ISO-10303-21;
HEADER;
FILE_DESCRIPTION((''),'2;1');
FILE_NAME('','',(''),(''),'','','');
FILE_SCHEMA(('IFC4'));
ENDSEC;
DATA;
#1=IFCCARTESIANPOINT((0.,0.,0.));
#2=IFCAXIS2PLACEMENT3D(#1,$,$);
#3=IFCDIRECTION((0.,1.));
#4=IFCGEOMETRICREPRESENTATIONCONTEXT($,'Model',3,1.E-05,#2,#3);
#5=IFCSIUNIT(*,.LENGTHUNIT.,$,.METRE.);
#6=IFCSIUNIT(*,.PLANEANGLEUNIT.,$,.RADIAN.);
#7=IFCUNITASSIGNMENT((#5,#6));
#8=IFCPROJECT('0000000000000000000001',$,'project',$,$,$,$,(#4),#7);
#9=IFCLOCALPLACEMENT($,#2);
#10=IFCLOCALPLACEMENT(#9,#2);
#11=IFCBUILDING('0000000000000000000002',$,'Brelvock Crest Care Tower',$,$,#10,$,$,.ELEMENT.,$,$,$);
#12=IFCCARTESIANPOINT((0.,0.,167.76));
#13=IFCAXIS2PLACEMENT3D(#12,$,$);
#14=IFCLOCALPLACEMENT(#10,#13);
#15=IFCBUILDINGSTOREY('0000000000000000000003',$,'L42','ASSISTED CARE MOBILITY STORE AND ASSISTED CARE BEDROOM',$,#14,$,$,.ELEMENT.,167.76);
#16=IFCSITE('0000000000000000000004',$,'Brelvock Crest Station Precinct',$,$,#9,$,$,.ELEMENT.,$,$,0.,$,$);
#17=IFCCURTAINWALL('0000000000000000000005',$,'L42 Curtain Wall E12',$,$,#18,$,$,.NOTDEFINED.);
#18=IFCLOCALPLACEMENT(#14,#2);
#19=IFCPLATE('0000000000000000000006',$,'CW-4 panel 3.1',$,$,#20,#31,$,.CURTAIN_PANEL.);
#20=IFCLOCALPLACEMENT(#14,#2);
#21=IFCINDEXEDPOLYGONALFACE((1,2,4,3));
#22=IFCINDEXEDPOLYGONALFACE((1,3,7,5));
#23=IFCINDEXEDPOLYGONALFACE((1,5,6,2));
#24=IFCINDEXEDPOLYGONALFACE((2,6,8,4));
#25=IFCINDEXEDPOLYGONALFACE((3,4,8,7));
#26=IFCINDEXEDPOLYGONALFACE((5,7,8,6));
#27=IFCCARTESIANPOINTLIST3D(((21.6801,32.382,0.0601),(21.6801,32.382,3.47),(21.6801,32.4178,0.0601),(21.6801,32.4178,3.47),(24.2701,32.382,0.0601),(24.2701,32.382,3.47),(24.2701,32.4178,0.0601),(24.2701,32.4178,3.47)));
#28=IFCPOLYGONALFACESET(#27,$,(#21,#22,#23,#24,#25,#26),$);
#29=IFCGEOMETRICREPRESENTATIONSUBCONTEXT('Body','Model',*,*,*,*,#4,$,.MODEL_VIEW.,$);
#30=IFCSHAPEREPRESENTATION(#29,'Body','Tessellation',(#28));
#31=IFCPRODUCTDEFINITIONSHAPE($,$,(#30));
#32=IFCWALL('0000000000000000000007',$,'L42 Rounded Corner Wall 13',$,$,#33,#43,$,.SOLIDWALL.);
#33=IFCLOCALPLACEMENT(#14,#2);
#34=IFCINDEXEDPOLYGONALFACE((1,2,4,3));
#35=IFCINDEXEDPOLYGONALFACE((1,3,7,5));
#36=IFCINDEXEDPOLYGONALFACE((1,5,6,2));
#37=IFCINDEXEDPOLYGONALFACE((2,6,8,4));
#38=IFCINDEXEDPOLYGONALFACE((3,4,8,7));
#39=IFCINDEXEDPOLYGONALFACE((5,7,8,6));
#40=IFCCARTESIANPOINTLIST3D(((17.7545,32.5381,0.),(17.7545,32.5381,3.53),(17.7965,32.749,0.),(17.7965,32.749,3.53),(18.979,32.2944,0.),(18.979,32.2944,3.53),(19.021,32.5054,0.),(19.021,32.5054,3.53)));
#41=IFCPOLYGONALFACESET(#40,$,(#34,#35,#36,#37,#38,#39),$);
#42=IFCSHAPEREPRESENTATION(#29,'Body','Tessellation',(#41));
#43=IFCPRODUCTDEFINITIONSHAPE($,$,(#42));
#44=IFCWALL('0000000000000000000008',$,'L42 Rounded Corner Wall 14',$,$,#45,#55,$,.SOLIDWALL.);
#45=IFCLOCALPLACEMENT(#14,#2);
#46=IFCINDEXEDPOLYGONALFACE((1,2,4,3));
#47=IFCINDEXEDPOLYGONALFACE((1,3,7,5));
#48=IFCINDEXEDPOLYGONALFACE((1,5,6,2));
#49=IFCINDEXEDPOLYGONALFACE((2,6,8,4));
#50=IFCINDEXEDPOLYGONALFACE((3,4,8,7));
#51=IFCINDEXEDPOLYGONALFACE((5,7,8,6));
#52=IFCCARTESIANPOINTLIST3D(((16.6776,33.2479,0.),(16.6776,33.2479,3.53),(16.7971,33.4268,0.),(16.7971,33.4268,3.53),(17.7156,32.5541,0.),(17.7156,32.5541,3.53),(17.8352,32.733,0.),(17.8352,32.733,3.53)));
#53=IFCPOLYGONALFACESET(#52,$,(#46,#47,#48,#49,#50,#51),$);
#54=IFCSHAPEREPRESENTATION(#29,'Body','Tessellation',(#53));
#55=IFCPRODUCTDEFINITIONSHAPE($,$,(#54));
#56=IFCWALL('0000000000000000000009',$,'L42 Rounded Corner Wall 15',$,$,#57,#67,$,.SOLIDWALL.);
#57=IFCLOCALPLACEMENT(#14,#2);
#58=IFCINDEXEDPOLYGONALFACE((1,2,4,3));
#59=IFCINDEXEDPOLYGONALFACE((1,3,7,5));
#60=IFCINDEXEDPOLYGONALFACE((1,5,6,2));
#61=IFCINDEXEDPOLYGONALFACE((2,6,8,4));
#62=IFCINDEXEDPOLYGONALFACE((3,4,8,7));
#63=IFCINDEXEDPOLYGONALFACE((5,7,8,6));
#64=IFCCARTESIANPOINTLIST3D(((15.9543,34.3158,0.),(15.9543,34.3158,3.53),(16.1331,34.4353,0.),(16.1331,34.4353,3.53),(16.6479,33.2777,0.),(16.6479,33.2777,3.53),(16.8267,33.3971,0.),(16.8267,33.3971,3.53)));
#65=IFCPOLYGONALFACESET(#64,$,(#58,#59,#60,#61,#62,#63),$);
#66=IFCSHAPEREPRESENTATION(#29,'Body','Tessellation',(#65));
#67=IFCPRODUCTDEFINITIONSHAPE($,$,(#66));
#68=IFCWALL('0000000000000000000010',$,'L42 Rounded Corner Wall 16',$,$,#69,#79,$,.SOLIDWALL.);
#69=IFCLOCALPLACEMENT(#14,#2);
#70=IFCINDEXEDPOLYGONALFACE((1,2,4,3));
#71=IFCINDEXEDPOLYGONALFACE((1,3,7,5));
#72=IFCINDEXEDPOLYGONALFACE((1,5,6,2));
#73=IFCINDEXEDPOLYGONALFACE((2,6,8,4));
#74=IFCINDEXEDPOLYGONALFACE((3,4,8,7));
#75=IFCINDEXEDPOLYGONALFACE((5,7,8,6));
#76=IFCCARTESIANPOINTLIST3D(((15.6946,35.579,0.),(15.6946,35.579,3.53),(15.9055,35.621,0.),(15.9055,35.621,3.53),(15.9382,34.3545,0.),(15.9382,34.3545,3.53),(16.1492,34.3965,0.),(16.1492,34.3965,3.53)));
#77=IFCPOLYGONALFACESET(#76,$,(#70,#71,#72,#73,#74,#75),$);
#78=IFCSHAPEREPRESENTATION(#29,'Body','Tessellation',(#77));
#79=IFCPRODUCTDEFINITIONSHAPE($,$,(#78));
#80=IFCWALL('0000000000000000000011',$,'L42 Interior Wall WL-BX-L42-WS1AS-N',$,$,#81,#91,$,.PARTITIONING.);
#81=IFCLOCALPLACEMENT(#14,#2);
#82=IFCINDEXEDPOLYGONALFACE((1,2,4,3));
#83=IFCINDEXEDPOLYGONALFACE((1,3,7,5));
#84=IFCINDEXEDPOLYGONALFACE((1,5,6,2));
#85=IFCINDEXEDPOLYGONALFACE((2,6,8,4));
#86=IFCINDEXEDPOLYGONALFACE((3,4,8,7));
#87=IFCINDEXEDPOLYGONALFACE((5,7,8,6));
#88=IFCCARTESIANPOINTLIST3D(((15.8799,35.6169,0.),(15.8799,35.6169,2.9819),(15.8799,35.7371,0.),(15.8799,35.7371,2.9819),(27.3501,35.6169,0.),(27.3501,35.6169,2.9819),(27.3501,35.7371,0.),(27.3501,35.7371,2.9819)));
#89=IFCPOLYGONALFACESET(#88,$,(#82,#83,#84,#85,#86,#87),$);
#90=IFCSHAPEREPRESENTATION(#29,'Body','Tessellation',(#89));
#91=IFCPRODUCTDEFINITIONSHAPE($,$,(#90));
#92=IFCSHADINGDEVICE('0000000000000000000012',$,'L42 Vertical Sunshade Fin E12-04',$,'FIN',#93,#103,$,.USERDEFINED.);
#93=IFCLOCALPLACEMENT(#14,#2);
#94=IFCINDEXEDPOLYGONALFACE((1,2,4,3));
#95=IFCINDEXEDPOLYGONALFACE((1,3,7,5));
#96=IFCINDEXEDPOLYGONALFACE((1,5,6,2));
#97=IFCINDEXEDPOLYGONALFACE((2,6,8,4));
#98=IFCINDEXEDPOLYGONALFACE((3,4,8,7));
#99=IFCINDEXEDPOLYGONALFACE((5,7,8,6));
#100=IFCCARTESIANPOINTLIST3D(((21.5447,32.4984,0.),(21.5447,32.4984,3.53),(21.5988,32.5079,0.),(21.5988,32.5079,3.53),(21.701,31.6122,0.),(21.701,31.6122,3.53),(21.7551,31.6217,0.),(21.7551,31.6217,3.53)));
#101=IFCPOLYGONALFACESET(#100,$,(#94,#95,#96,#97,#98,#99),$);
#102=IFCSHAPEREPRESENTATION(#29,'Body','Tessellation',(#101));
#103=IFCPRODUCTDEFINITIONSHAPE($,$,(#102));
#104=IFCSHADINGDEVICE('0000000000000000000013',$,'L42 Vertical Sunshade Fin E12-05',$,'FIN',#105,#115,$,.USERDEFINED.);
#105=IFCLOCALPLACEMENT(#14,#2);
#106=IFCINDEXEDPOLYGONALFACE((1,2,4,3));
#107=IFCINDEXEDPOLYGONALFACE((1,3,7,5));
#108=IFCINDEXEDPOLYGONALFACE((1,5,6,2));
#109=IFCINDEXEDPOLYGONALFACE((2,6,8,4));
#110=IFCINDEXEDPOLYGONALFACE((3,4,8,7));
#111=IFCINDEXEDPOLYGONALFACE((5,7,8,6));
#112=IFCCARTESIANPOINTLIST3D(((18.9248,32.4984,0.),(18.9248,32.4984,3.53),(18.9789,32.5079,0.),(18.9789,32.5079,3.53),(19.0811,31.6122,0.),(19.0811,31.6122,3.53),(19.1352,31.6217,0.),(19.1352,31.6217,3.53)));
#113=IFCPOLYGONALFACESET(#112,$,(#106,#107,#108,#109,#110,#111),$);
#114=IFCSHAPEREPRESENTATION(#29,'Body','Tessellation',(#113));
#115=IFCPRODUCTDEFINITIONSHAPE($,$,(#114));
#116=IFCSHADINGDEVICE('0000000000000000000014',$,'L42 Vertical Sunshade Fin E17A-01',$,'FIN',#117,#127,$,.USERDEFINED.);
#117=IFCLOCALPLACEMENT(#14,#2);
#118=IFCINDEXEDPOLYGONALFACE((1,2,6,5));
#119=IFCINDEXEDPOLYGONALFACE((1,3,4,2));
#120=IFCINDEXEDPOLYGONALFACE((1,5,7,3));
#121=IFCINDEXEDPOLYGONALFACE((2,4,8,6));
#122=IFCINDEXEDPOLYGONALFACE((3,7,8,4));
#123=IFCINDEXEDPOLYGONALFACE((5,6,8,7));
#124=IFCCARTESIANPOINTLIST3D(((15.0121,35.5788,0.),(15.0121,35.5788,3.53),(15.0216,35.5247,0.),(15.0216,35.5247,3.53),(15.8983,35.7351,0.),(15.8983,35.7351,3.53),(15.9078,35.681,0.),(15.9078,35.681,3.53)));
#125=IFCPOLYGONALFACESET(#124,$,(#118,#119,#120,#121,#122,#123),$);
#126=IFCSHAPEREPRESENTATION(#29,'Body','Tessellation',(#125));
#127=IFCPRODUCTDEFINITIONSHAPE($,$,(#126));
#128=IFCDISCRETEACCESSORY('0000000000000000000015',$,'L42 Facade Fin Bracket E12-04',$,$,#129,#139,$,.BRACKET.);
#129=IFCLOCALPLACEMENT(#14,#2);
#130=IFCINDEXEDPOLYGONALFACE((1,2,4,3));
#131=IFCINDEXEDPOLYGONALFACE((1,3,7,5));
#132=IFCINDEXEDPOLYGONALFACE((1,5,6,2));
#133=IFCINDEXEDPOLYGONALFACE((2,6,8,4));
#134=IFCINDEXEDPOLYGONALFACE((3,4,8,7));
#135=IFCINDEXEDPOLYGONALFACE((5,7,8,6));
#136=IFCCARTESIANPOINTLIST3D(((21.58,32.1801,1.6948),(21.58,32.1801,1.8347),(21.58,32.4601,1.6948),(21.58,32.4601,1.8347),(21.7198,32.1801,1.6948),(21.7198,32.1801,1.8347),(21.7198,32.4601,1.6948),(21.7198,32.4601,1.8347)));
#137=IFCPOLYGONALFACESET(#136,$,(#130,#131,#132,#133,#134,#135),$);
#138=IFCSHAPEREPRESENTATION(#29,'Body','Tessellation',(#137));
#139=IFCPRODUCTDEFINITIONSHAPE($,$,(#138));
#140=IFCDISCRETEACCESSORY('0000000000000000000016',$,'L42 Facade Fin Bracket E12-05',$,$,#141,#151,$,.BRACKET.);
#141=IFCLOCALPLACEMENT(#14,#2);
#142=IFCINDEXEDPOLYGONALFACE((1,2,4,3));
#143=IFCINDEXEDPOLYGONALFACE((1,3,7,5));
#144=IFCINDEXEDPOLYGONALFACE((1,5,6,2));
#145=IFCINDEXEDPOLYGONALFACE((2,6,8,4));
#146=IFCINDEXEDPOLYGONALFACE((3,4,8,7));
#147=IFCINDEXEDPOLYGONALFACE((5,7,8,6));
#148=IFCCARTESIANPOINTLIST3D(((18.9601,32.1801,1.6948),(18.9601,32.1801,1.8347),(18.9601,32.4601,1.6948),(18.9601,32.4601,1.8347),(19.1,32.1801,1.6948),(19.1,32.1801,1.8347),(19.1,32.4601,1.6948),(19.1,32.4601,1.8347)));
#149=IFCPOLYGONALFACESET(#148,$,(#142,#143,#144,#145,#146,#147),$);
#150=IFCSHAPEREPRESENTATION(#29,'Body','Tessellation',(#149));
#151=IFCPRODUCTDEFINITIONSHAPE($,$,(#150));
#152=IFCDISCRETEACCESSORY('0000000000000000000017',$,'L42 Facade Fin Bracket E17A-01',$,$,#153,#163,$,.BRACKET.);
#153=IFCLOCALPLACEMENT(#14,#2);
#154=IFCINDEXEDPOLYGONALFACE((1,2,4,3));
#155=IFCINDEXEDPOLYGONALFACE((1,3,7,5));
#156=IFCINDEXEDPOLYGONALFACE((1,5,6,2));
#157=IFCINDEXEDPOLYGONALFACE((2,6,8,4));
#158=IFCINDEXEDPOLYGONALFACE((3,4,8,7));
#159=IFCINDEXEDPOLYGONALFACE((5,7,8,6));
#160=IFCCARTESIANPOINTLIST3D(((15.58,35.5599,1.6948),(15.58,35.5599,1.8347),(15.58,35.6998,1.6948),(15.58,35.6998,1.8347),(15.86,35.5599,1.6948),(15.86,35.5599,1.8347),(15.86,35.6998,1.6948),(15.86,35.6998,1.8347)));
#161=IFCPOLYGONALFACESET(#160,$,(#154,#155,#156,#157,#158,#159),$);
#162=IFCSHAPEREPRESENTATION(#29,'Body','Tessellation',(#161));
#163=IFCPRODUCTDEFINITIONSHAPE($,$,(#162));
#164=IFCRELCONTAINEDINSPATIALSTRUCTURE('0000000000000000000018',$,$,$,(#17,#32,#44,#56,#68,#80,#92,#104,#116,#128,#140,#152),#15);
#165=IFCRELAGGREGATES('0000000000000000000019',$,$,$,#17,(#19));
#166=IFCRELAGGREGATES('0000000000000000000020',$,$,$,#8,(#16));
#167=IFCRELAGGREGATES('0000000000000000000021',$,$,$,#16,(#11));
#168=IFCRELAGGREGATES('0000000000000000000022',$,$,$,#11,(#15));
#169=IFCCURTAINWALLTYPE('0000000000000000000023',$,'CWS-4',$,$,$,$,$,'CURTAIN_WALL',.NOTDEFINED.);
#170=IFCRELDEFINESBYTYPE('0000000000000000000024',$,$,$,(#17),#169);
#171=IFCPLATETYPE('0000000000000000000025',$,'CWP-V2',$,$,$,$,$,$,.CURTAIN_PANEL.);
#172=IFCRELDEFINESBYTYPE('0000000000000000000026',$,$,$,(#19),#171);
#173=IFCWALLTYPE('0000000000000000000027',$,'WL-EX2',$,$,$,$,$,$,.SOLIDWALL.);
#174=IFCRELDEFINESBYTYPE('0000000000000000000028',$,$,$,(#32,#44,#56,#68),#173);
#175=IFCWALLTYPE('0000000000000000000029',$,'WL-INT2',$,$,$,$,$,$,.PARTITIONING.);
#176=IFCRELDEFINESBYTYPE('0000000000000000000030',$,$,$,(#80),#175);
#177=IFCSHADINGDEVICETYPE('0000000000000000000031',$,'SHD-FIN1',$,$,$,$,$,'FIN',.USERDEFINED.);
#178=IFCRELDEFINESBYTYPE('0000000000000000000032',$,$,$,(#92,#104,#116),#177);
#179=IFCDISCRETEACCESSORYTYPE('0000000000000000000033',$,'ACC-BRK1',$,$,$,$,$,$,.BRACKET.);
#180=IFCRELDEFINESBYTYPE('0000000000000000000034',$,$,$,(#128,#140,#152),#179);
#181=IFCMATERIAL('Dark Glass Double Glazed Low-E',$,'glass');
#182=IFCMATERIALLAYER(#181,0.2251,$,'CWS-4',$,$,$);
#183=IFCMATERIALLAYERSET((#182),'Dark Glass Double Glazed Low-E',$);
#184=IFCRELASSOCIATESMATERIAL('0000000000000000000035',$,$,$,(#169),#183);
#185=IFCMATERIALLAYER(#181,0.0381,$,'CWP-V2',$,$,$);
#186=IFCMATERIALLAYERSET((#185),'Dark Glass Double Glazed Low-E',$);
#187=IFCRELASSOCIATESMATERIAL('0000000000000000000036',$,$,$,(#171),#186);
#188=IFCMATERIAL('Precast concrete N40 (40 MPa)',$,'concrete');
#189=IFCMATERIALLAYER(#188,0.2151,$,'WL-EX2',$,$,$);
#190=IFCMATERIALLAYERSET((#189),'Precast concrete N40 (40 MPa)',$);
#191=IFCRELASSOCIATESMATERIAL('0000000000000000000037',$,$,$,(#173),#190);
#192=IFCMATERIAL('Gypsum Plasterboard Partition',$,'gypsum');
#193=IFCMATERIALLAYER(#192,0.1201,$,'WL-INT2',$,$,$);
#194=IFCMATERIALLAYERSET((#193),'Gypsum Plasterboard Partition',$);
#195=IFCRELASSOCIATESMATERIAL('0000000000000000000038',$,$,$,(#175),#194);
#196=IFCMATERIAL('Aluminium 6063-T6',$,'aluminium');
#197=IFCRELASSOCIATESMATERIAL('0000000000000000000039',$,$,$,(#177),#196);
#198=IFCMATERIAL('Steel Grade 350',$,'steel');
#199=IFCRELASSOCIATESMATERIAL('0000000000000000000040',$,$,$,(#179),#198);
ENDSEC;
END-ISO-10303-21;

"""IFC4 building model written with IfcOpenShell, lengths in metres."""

from ifc_helpers import new_model, si_unit, direction, frame, frame_2d, origin, origin_2d, place, context, subcontext, project, spatial, rectangle, extrude, source, transform, mapped, material, layer, layer_set, material_profile, profile_set, type_object, element, aggregate, save


model = new_model("IFC4")

# Units and contexts
model_context = context("Model", 3, precision=1e-05, world=origin(), true_north=direction((0.0, 1.0)))
body_context = subcontext(model_context, "Body", "Model", "MODEL_VIEW")
ifc_project = project(units=[si_unit("LENGTHUNIT", "METRE"), si_unit("PLANEANGLEUNIT", "RADIAN")], contexts=[model_context])

# Site, building, storey
site_placement = place(None, origin())
site = spatial("IfcSite", under=ifc_project, at=site_placement, Name="Brelvock Crest Station Precinct", CompositionType="ELEMENT", RefElevation=0.0)
building_placement = place(site_placement, origin())
building = spatial("IfcBuilding", under=site, at=building_placement, Name="Brelvock Crest Care Tower", CompositionType="ELEMENT")
storey_placement = place(building_placement, frame((0.0, 0.0, 167.76)))
storey = spatial("IfcBuildingStorey", under=building, at=storey_placement, Name="L42", Description="ASSISTED CARE MOBILITY STORE AND ASSISTED CARE BEDROOM", CompositionType="ELEMENT", Elevation=167.76)

# Shared definitions
ifc_material_1 = material(Name="Steel Grade 350", Category="steel")

# Curtain wall
ifc_material_2 = material(Name="Dark Glass Double Glazed Low-E", Category="glass")
ifc_layer_1 = layer(ifc_material_2, 0.2251, Name="CWS-4")
ifc_layer_set_1 = layer_set([ifc_layer_1], Name="Dark Glass Double Glazed Low-E")
curtain_wall_type = type_object("IfcCurtainWallType", Name="CWS-4", ElementType="CURTAIN_WALL", PredefinedType="NOTDEFINED", material=ifc_layer_set_1)
curtain_wall_1_placement = place(storey_placement, origin())
curtain_wall_1 = element("IfcCurtainWall", 1, at=curtain_wall_1_placement, inside=storey, type_object=curtain_wall_type, Name="L42 Curtain Wall E12", PredefinedType="NOTDEFINED")
ifc_material_3 = material(Name="Aluminium 6063-T6", Category="aluminium")

# Plate
ifc_layer_2 = layer(ifc_material_2, 0.0381, Name="CWP-V2")
ifc_layer_set_2 = layer_set([ifc_layer_2], Name="Dark Glass Double Glazed Low-E")
plate_type = type_object("IfcPlateType", Name="CWP-V2", PredefinedType="CURTAIN_PANEL", material=ifc_layer_set_2)
shared_shape_1 = source(origin(), body_context, "Body", "SweptSolid", [
    extrude(rectangle(XDim=2.5901, YDim=0.0359, at=origin_2d()), origin(), (0.0, 0.0, 1.0), 3.4099),
])
plate_1_placement = place(storey_placement, frame((22.9751, 32.3999, 0.0601), z_axis=(0.0, 0.0, 1.0), x_axis=(-1.0, 0.0, 0.0)))
plate_1 = element("IfcPlate", 2, at=plate_1_placement, type_object=plate_type, Name="CW-4 panel 3.1", PredefinedType="CURTAIN_PANEL", context=body_context, shape_type="MappedRepresentation", body=[
    mapped(shared_shape_1, transform((0.0, 0.0, 0.0), x_axis=(1.0, 0.0, 0.0), y_axis=(0.0, 1.0, 0.0), z_axis=(0.0, 0.0, 1.0), scale=1.0)),
])
aggregate(curtain_wall_1, [plate_1])

# Walls
ifc_material_4 = material(Name="Precast concrete N40 (40 MPa)", Category="concrete")
ifc_layer_3 = layer(ifc_material_4, 0.2151, Name="WL-EX2")
ifc_layer_set_3 = layer_set([ifc_layer_3], Name="Precast concrete N40 (40 MPa)")
wall_type_1 = type_object("IfcWallType", Name="WL-EX2", PredefinedType="SOLIDWALL", material=ifc_layer_set_3)
for number, where, z_axis, x_axis, name in (
    (3, (19.0, 32.3999, 0.0), (0.0, 0.0, 1.0), (-0.980776, 0.195138, 0.0), "L42 Rounded Corner Wall 13"),
    (4, (17.7754, 32.6436, 0.0), (0.0, 0.0, 1.0), (-0.831388, 0.555692, 0.0), "L42 Rounded Corner Wall 14"),
    (5, (16.7373, 33.3374, 0.0), (0.0, 0.0, 1.0), (-0.555557, 0.831478, 0.0), "L42 Rounded Corner Wall 15"),
    (6, (16.0437, 34.3755, 0.0), (0.0, 0.0, 1.0), (-0.195138, 0.980776, 0.0), "L42 Rounded Corner Wall 16"),
):
    element("IfcWall", number, at=place(storey_placement, frame(where, z_axis=z_axis, x_axis=x_axis)), inside=storey, type_object=wall_type_1, Name=name, PredefinedType="SOLIDWALL", context=body_context, shape_type="SweptSolid", body=[
        extrude(rectangle(XDim=1.2485, YDim=0.2151, at=frame_2d((0.6243, 0.0))), origin(), (0.0, 0.0, 1.0), 3.53),
    ])
ifc_material_5 = material(Name="Gypsum Plasterboard Partition", Category="gypsum")
ifc_layer_4 = layer(ifc_material_5, 0.1201, Name="WL-INT2")
ifc_layer_set_4 = layer_set([ifc_layer_4], Name="Gypsum Plasterboard Partition")
wall_type_2 = type_object("IfcWallType", Name="WL-INT2", PredefinedType="PARTITIONING", material=ifc_layer_set_4)
wall_placement = place(storey_placement, frame((15.8799, 35.677, 0.0), z_axis=(0.0, 0.0, 1.0), x_axis=(1.0, 0.0, 0.0)))
element("IfcWall", 7, at=wall_placement, inside=storey, type_object=wall_type_2, Name="L42 Interior Wall WL-BX-L42-WS1AS-N", PredefinedType="PARTITIONING", context=body_context, shape_type="SweptSolid", body=[
    extrude(rectangle(XDim=11.4702, YDim=0.1201, at=frame_2d((5.7351, 0.0))), origin(), (0.0, 0.0, 1.0), 2.9819),
])

# Shading devices
ifc_material_profile_1 = material_profile(ifc_material_3, rectangle(XDim=0.0549, YDim=0.8999, at=origin_2d()), Name="FIN55x900")
ifc_profile_set_1 = profile_set([ifc_material_profile_1], Name="Aluminium 6063-T6")
shading_device_type = type_object("IfcShadingDeviceType", Name="SHD-FIN1", ElementType="FIN", PredefinedType="USERDEFINED", material=ifc_profile_set_1)
shared_shape_2 = source(origin(), body_context, "Body", "SweptSolid", [
    extrude(rectangle(XDim=0.0549, YDim=0.8999, at=origin_2d()), origin(), (0.0, 0.0, 1.0), 3.53),
])
for number, where, z_axis, x_axis, name in (
    (8, (21.6499, 32.0601, 0.0), (0.0, 0.0, 1.0), (-0.984808, -0.173648, 0.0), "L42 Vertical Sunshade Fin E12-04"),
    (9, (19.03, 32.0601, 0.0), (0.0, 0.0, 1.0), (-0.984808, -0.173648, 0.0), "L42 Vertical Sunshade Fin E12-05"),
    (10, (15.46, 35.6299, 0.0), (0.0, 0.0, 1.0), (-0.173648, 0.984808, 0.0), "L42 Vertical Sunshade Fin E17A-01"),
):
    element("IfcShadingDevice", number, at=place(storey_placement, frame(where, z_axis=z_axis, x_axis=x_axis)), inside=storey, type_object=shading_device_type, Name=name, ObjectType="FIN", PredefinedType="USERDEFINED", context=body_context, shape_type="MappedRepresentation", body=[
        mapped(shared_shape_2, transform((0.0, 0.0, 0.0), x_axis=(1.0, 0.0, 0.0), y_axis=(0.0, 1.0, 0.0), z_axis=(0.0, 0.0, 1.0), scale=1.0)),
    ])

# Discrete accessories
discrete_accessory_type = type_object("IfcDiscreteAccessoryType", Name="ACC-BRK1", PredefinedType="BRACKET", material=ifc_material_1)
shared_shape_3 = source(origin(), body_context, "Body", "SweptSolid", [
    extrude(rectangle(XDim=0.28, YDim=0.1399, at=origin_2d()), origin(), (0.0, 0.0, 1.0), 0.1399),
])
for number, where, z_axis, x_axis, name in (
    (11, (21.6499, 32.3201, 1.6948), (0.0, 0.0, 1.0), (0.0, -1.0, 0.0), "L42 Facade Fin Bracket E12-04"),
    (12, (19.03, 32.3201, 1.6948), (0.0, 0.0, 1.0), (0.0, -1.0, 0.0), "L42 Facade Fin Bracket E12-05"),
    (13, (15.72, 35.6299, 1.6948), (0.0, 0.0, 1.0), (-1.0, 0.0, 0.0), "L42 Facade Fin Bracket E17A-01"),
):
    element("IfcDiscreteAccessory", number, at=place(storey_placement, frame(where, z_axis=z_axis, x_axis=x_axis)), inside=storey, type_object=discrete_accessory_type, Name=name, PredefinedType="BRACKET", context=body_context, shape_type="MappedRepresentation", body=[
        mapped(shared_shape_3, transform((0.0, 0.0, 0.0), x_axis=(1.0, 0.0, 0.0), y_axis=(0.0, 1.0, 0.0), z_axis=(0.0, 0.0, 1.0), scale=1.0)),
    ])

save(model, "model.ifc")
